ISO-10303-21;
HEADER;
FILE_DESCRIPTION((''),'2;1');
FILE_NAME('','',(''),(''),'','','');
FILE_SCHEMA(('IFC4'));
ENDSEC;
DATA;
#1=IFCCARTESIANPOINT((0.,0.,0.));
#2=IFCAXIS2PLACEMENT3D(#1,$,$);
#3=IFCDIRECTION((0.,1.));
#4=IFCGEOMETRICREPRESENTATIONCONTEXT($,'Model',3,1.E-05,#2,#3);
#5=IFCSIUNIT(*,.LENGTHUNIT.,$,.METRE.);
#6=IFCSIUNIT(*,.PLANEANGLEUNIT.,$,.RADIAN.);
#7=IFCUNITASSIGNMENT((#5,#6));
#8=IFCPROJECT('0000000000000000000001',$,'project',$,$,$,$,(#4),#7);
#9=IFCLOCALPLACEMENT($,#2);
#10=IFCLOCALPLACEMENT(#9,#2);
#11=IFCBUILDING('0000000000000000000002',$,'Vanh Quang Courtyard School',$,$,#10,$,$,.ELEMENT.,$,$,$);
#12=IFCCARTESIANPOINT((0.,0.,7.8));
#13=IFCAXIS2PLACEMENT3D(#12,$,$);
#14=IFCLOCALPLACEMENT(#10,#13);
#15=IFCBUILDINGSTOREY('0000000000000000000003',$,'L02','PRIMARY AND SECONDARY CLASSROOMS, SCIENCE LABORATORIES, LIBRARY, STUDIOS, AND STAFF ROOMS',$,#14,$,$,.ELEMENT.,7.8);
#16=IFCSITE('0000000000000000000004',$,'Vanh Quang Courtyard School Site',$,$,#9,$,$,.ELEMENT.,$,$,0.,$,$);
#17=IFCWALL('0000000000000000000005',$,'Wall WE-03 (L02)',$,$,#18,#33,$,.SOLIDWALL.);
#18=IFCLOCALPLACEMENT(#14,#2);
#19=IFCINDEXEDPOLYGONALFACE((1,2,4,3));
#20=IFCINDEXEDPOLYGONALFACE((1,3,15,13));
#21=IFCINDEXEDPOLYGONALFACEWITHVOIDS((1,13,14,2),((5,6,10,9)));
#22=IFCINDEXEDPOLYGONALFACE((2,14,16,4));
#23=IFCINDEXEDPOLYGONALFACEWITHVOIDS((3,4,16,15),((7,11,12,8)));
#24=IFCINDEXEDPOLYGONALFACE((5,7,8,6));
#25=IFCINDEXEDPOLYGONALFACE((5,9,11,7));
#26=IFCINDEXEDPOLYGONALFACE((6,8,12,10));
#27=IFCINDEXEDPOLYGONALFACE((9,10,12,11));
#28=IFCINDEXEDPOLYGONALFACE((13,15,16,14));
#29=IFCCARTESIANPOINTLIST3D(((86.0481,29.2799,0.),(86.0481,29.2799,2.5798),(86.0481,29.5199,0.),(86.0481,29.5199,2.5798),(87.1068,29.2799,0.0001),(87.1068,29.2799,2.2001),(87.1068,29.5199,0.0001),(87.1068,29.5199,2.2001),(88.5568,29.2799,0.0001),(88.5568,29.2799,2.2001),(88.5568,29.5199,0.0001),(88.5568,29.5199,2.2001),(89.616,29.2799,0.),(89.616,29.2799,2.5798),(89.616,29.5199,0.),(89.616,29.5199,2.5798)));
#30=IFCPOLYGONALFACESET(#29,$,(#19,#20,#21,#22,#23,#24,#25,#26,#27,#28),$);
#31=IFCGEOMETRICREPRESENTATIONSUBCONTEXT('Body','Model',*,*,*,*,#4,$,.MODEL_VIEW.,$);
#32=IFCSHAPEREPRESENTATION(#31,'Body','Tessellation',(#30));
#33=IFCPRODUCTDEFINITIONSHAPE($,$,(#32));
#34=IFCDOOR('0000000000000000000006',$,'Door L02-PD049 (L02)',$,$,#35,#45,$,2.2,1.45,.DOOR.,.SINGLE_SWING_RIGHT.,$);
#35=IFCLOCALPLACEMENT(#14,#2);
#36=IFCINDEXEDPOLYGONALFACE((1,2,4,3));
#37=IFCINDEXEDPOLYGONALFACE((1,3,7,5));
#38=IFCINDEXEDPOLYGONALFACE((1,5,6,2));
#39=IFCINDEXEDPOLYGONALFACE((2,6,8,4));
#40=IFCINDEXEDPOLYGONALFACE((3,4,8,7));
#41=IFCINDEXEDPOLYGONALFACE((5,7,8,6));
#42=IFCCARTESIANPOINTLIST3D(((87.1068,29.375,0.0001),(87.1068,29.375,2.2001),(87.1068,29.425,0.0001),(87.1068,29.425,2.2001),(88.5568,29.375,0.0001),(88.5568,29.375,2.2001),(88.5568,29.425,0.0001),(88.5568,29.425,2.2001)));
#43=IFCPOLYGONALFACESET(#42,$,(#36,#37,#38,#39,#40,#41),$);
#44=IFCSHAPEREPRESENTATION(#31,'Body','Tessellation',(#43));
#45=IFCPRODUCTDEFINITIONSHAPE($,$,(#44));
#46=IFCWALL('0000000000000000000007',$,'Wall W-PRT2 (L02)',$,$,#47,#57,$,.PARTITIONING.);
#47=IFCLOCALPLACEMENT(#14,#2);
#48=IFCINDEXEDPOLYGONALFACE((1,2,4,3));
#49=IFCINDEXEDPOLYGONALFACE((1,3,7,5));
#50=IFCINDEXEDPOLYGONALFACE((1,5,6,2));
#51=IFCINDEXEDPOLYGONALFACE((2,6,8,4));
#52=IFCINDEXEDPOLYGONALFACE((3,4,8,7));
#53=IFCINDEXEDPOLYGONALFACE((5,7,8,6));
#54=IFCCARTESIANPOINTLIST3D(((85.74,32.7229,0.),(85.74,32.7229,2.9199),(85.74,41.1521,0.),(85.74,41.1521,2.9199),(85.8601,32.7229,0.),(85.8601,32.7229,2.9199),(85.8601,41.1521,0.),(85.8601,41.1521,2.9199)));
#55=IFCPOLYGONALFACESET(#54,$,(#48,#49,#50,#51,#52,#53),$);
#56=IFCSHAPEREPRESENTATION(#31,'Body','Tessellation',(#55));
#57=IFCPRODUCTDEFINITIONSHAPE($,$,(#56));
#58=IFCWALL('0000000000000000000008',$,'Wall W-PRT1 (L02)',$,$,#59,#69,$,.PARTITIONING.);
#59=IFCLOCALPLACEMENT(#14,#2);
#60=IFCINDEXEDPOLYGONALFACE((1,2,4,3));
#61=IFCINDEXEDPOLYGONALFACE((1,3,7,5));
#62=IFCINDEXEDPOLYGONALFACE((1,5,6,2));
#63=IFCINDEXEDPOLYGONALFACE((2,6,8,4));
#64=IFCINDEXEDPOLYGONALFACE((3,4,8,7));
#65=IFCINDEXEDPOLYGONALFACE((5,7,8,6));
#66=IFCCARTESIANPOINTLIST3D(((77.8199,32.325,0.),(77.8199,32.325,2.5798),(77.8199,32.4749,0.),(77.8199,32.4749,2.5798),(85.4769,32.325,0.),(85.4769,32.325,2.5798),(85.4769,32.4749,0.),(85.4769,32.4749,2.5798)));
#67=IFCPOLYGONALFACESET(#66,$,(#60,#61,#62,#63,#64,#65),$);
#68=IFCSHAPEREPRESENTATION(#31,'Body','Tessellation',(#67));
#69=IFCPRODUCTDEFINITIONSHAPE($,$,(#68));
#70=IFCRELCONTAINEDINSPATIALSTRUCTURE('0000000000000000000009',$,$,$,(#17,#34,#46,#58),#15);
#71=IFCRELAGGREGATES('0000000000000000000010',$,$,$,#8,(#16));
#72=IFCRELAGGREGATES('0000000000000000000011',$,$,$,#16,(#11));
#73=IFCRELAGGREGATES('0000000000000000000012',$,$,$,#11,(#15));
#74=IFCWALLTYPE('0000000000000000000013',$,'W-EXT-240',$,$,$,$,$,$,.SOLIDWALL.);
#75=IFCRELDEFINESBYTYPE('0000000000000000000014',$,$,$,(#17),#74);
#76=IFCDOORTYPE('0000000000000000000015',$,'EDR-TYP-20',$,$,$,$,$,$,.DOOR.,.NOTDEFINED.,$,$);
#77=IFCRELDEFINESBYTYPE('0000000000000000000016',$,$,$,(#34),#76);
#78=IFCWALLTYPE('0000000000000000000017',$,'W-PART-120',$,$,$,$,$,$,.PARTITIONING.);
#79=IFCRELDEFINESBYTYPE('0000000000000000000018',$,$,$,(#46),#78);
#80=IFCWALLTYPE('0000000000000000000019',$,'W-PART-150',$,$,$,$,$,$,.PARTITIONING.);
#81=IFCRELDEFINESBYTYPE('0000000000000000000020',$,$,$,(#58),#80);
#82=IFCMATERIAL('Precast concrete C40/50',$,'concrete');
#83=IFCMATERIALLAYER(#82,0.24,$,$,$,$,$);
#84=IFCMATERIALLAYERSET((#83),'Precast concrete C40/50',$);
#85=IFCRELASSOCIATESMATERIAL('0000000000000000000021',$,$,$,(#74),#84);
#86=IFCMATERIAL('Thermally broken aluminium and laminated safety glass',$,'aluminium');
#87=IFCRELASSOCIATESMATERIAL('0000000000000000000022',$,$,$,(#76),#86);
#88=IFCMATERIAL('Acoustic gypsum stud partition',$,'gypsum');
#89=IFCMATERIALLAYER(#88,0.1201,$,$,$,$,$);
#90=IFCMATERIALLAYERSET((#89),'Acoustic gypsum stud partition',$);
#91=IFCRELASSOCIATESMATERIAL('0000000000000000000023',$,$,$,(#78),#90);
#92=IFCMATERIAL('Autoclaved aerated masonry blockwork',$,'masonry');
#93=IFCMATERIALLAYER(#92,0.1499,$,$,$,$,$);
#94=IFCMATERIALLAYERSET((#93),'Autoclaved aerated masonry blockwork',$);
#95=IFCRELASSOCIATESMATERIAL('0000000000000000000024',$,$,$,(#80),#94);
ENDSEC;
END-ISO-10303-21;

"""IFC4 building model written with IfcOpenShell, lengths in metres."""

from ifc_helpers import new_model, si_unit, direction, frame, frame_2d, origin, place, context, subcontext, project, spatial, rectangle, extrude, material, layer, layer_set, type_object, element, fill, save


model = new_model("IFC4")

# Units and contexts
model_context = context("Model", 3, precision=1e-05, world=origin(), true_north=direction((0.0, 1.0)))
body_context = subcontext(model_context, "Body", "Model", "MODEL_VIEW")
ifc_project = project(units=[si_unit("LENGTHUNIT", "METRE"), si_unit("PLANEANGLEUNIT", "RADIAN")], contexts=[model_context])

# Site, building, storey
site_placement = place(None, origin())
site = spatial("IfcSite", under=ifc_project, at=site_placement, Name="Vanh Quang Courtyard School Site", CompositionType="ELEMENT", RefElevation=0.0)
building_placement = place(site_placement, origin())
building = spatial("IfcBuilding", under=site, at=building_placement, Name="Vanh Quang Courtyard School", CompositionType="ELEMENT")
storey_placement = place(building_placement, frame((0.0, 0.0, 7.8)))
storey = spatial("IfcBuildingStorey", under=building, at=storey_placement, Name="L02", Description="PRIMARY AND SECONDARY CLASSROOMS, SCIENCE LABORATORIES, LIBRARY, STUDIOS, AND STAFF ROOMS", CompositionType="ELEMENT", Elevation=7.8)

# Wall, opening, door
ifc_material_1 = material(Name="Precast concrete C40/50", Category="concrete")
ifc_layer_1 = layer(ifc_material_1, 0.24)
ifc_layer_set_1 = layer_set([ifc_layer_1], Name="Precast concrete C40/50")
wall_type_1 = type_object("IfcWallType", Name="W-EXT-240", PredefinedType="SOLIDWALL", material=ifc_layer_set_1)
wall_1_placement = place(storey_placement, frame((89.616, 29.3999, 0.0), z_axis=(0.0, 0.0, 1.0), x_axis=(-1.0, 0.0, 0.0)))
wall_1 = element("IfcWall", 1, at=wall_1_placement, inside=storey, type_object=wall_type_1, Name="Wall WE-03 (L02)", PredefinedType="SOLIDWALL", context=body_context, shape_type="SweptSolid", body=[
    extrude(rectangle(XDim=3.5679, YDim=0.24, at=frame_2d((1.7839, 0.0))), origin(), (0.0, 0.0, 1.0), 2.5798),
])
opening_placement = place(wall_1_placement, frame((1.0591, 0.0, 0.0)))
opening = element("IfcOpeningElement", 2, at=opening_placement, cuts=wall_1, PredefinedType="OPENING", context=body_context, shape_type="SweptSolid", body=[
    extrude(rectangle(XDim=1.45, YDim=2.2, at=frame_2d((0.7251, 1.1001))), frame((0.0, 0.1299, 0.0), z_axis=(0.0, -1.0, 0.0), x_axis=(1.0, 0.0, 0.0)), (0.0, 0.0, 1.0), 0.26),
])
ifc_material_2 = material(Name="Thermally broken aluminium and laminated safety glass", Category="aluminium")
door_type = type_object("IfcDoorType", Name="EDR-TYP-20", OperationType="NOTDEFINED", PredefinedType="DOOR", material=ifc_material_2)
door_placement = place(opening_placement, origin())
door = element("IfcDoor", 3, at=door_placement, inside=storey, type_object=door_type, Name="Door L02-PD049 (L02)", OperationType="SINGLE_SWING_RIGHT", OverallHeight=2.2, OverallWidth=1.45, PredefinedType="DOOR", context=body_context, shape_type="SweptSolid", body=[
    extrude(rectangle(XDim=1.45, YDim=2.2, at=frame_2d((0.7251, 1.1001))), frame((0.0, 0.0249, 0.0), z_axis=(0.0, -1.0, 0.0), x_axis=(1.0, 0.0, 0.0)), (0.0, 0.0, 1.0), 0.05),
])
fill(opening, door)

# Walls
ifc_material_3 = material(Name="Acoustic gypsum stud partition", Category="gypsum")
ifc_layer_2 = layer(ifc_material_3, 0.1201)
ifc_layer_set_2 = layer_set([ifc_layer_2], Name="Acoustic gypsum stud partition")
wall_type_2 = type_object("IfcWallType", Name="W-PART-120", PredefinedType="PARTITIONING", material=ifc_layer_set_2)
wall_2_placement = place(storey_placement, frame((85.8, 41.1521, 0.0), z_axis=(0.0, 0.0, 1.0), x_axis=(0.0, -1.0, 0.0)))
element("IfcWall", 4, at=wall_2_placement, inside=storey, type_object=wall_type_2, Name="Wall W-PRT2 (L02)", PredefinedType="PARTITIONING", context=body_context, shape_type="SweptSolid", body=[
    extrude(rectangle(XDim=8.4292, YDim=0.1201, at=frame_2d((4.2146, 0.0))), origin(), (0.0, 0.0, 1.0), 2.9199),
])
ifc_material_4 = material(Name="Autoclaved aerated masonry blockwork", Category="masonry")
ifc_layer_3 = layer(ifc_material_4, 0.1499)
ifc_layer_set_3 = layer_set([ifc_layer_3], Name="Autoclaved aerated masonry blockwork")
wall_type_3 = type_object("IfcWallType", Name="W-PART-150", PredefinedType="PARTITIONING", material=ifc_layer_set_3)
wall_3_placement = place(storey_placement, frame((85.4771, 32.3999, 0.0), z_axis=(0.0, 0.0, 1.0), x_axis=(-1.0, 0.0, 0.0)))
element("IfcWall", 5, at=wall_3_placement, inside=storey, type_object=wall_type_3, Name="Wall W-PRT1 (L02)", PredefinedType="PARTITIONING", context=body_context, shape_type="SweptSolid", body=[
    extrude(rectangle(XDim=7.657, YDim=0.1499, at=frame_2d((3.8286, 0.0))), origin(), (0.0, 0.0, 1.0), 2.5798),
])

save(model, "model.ifc")
